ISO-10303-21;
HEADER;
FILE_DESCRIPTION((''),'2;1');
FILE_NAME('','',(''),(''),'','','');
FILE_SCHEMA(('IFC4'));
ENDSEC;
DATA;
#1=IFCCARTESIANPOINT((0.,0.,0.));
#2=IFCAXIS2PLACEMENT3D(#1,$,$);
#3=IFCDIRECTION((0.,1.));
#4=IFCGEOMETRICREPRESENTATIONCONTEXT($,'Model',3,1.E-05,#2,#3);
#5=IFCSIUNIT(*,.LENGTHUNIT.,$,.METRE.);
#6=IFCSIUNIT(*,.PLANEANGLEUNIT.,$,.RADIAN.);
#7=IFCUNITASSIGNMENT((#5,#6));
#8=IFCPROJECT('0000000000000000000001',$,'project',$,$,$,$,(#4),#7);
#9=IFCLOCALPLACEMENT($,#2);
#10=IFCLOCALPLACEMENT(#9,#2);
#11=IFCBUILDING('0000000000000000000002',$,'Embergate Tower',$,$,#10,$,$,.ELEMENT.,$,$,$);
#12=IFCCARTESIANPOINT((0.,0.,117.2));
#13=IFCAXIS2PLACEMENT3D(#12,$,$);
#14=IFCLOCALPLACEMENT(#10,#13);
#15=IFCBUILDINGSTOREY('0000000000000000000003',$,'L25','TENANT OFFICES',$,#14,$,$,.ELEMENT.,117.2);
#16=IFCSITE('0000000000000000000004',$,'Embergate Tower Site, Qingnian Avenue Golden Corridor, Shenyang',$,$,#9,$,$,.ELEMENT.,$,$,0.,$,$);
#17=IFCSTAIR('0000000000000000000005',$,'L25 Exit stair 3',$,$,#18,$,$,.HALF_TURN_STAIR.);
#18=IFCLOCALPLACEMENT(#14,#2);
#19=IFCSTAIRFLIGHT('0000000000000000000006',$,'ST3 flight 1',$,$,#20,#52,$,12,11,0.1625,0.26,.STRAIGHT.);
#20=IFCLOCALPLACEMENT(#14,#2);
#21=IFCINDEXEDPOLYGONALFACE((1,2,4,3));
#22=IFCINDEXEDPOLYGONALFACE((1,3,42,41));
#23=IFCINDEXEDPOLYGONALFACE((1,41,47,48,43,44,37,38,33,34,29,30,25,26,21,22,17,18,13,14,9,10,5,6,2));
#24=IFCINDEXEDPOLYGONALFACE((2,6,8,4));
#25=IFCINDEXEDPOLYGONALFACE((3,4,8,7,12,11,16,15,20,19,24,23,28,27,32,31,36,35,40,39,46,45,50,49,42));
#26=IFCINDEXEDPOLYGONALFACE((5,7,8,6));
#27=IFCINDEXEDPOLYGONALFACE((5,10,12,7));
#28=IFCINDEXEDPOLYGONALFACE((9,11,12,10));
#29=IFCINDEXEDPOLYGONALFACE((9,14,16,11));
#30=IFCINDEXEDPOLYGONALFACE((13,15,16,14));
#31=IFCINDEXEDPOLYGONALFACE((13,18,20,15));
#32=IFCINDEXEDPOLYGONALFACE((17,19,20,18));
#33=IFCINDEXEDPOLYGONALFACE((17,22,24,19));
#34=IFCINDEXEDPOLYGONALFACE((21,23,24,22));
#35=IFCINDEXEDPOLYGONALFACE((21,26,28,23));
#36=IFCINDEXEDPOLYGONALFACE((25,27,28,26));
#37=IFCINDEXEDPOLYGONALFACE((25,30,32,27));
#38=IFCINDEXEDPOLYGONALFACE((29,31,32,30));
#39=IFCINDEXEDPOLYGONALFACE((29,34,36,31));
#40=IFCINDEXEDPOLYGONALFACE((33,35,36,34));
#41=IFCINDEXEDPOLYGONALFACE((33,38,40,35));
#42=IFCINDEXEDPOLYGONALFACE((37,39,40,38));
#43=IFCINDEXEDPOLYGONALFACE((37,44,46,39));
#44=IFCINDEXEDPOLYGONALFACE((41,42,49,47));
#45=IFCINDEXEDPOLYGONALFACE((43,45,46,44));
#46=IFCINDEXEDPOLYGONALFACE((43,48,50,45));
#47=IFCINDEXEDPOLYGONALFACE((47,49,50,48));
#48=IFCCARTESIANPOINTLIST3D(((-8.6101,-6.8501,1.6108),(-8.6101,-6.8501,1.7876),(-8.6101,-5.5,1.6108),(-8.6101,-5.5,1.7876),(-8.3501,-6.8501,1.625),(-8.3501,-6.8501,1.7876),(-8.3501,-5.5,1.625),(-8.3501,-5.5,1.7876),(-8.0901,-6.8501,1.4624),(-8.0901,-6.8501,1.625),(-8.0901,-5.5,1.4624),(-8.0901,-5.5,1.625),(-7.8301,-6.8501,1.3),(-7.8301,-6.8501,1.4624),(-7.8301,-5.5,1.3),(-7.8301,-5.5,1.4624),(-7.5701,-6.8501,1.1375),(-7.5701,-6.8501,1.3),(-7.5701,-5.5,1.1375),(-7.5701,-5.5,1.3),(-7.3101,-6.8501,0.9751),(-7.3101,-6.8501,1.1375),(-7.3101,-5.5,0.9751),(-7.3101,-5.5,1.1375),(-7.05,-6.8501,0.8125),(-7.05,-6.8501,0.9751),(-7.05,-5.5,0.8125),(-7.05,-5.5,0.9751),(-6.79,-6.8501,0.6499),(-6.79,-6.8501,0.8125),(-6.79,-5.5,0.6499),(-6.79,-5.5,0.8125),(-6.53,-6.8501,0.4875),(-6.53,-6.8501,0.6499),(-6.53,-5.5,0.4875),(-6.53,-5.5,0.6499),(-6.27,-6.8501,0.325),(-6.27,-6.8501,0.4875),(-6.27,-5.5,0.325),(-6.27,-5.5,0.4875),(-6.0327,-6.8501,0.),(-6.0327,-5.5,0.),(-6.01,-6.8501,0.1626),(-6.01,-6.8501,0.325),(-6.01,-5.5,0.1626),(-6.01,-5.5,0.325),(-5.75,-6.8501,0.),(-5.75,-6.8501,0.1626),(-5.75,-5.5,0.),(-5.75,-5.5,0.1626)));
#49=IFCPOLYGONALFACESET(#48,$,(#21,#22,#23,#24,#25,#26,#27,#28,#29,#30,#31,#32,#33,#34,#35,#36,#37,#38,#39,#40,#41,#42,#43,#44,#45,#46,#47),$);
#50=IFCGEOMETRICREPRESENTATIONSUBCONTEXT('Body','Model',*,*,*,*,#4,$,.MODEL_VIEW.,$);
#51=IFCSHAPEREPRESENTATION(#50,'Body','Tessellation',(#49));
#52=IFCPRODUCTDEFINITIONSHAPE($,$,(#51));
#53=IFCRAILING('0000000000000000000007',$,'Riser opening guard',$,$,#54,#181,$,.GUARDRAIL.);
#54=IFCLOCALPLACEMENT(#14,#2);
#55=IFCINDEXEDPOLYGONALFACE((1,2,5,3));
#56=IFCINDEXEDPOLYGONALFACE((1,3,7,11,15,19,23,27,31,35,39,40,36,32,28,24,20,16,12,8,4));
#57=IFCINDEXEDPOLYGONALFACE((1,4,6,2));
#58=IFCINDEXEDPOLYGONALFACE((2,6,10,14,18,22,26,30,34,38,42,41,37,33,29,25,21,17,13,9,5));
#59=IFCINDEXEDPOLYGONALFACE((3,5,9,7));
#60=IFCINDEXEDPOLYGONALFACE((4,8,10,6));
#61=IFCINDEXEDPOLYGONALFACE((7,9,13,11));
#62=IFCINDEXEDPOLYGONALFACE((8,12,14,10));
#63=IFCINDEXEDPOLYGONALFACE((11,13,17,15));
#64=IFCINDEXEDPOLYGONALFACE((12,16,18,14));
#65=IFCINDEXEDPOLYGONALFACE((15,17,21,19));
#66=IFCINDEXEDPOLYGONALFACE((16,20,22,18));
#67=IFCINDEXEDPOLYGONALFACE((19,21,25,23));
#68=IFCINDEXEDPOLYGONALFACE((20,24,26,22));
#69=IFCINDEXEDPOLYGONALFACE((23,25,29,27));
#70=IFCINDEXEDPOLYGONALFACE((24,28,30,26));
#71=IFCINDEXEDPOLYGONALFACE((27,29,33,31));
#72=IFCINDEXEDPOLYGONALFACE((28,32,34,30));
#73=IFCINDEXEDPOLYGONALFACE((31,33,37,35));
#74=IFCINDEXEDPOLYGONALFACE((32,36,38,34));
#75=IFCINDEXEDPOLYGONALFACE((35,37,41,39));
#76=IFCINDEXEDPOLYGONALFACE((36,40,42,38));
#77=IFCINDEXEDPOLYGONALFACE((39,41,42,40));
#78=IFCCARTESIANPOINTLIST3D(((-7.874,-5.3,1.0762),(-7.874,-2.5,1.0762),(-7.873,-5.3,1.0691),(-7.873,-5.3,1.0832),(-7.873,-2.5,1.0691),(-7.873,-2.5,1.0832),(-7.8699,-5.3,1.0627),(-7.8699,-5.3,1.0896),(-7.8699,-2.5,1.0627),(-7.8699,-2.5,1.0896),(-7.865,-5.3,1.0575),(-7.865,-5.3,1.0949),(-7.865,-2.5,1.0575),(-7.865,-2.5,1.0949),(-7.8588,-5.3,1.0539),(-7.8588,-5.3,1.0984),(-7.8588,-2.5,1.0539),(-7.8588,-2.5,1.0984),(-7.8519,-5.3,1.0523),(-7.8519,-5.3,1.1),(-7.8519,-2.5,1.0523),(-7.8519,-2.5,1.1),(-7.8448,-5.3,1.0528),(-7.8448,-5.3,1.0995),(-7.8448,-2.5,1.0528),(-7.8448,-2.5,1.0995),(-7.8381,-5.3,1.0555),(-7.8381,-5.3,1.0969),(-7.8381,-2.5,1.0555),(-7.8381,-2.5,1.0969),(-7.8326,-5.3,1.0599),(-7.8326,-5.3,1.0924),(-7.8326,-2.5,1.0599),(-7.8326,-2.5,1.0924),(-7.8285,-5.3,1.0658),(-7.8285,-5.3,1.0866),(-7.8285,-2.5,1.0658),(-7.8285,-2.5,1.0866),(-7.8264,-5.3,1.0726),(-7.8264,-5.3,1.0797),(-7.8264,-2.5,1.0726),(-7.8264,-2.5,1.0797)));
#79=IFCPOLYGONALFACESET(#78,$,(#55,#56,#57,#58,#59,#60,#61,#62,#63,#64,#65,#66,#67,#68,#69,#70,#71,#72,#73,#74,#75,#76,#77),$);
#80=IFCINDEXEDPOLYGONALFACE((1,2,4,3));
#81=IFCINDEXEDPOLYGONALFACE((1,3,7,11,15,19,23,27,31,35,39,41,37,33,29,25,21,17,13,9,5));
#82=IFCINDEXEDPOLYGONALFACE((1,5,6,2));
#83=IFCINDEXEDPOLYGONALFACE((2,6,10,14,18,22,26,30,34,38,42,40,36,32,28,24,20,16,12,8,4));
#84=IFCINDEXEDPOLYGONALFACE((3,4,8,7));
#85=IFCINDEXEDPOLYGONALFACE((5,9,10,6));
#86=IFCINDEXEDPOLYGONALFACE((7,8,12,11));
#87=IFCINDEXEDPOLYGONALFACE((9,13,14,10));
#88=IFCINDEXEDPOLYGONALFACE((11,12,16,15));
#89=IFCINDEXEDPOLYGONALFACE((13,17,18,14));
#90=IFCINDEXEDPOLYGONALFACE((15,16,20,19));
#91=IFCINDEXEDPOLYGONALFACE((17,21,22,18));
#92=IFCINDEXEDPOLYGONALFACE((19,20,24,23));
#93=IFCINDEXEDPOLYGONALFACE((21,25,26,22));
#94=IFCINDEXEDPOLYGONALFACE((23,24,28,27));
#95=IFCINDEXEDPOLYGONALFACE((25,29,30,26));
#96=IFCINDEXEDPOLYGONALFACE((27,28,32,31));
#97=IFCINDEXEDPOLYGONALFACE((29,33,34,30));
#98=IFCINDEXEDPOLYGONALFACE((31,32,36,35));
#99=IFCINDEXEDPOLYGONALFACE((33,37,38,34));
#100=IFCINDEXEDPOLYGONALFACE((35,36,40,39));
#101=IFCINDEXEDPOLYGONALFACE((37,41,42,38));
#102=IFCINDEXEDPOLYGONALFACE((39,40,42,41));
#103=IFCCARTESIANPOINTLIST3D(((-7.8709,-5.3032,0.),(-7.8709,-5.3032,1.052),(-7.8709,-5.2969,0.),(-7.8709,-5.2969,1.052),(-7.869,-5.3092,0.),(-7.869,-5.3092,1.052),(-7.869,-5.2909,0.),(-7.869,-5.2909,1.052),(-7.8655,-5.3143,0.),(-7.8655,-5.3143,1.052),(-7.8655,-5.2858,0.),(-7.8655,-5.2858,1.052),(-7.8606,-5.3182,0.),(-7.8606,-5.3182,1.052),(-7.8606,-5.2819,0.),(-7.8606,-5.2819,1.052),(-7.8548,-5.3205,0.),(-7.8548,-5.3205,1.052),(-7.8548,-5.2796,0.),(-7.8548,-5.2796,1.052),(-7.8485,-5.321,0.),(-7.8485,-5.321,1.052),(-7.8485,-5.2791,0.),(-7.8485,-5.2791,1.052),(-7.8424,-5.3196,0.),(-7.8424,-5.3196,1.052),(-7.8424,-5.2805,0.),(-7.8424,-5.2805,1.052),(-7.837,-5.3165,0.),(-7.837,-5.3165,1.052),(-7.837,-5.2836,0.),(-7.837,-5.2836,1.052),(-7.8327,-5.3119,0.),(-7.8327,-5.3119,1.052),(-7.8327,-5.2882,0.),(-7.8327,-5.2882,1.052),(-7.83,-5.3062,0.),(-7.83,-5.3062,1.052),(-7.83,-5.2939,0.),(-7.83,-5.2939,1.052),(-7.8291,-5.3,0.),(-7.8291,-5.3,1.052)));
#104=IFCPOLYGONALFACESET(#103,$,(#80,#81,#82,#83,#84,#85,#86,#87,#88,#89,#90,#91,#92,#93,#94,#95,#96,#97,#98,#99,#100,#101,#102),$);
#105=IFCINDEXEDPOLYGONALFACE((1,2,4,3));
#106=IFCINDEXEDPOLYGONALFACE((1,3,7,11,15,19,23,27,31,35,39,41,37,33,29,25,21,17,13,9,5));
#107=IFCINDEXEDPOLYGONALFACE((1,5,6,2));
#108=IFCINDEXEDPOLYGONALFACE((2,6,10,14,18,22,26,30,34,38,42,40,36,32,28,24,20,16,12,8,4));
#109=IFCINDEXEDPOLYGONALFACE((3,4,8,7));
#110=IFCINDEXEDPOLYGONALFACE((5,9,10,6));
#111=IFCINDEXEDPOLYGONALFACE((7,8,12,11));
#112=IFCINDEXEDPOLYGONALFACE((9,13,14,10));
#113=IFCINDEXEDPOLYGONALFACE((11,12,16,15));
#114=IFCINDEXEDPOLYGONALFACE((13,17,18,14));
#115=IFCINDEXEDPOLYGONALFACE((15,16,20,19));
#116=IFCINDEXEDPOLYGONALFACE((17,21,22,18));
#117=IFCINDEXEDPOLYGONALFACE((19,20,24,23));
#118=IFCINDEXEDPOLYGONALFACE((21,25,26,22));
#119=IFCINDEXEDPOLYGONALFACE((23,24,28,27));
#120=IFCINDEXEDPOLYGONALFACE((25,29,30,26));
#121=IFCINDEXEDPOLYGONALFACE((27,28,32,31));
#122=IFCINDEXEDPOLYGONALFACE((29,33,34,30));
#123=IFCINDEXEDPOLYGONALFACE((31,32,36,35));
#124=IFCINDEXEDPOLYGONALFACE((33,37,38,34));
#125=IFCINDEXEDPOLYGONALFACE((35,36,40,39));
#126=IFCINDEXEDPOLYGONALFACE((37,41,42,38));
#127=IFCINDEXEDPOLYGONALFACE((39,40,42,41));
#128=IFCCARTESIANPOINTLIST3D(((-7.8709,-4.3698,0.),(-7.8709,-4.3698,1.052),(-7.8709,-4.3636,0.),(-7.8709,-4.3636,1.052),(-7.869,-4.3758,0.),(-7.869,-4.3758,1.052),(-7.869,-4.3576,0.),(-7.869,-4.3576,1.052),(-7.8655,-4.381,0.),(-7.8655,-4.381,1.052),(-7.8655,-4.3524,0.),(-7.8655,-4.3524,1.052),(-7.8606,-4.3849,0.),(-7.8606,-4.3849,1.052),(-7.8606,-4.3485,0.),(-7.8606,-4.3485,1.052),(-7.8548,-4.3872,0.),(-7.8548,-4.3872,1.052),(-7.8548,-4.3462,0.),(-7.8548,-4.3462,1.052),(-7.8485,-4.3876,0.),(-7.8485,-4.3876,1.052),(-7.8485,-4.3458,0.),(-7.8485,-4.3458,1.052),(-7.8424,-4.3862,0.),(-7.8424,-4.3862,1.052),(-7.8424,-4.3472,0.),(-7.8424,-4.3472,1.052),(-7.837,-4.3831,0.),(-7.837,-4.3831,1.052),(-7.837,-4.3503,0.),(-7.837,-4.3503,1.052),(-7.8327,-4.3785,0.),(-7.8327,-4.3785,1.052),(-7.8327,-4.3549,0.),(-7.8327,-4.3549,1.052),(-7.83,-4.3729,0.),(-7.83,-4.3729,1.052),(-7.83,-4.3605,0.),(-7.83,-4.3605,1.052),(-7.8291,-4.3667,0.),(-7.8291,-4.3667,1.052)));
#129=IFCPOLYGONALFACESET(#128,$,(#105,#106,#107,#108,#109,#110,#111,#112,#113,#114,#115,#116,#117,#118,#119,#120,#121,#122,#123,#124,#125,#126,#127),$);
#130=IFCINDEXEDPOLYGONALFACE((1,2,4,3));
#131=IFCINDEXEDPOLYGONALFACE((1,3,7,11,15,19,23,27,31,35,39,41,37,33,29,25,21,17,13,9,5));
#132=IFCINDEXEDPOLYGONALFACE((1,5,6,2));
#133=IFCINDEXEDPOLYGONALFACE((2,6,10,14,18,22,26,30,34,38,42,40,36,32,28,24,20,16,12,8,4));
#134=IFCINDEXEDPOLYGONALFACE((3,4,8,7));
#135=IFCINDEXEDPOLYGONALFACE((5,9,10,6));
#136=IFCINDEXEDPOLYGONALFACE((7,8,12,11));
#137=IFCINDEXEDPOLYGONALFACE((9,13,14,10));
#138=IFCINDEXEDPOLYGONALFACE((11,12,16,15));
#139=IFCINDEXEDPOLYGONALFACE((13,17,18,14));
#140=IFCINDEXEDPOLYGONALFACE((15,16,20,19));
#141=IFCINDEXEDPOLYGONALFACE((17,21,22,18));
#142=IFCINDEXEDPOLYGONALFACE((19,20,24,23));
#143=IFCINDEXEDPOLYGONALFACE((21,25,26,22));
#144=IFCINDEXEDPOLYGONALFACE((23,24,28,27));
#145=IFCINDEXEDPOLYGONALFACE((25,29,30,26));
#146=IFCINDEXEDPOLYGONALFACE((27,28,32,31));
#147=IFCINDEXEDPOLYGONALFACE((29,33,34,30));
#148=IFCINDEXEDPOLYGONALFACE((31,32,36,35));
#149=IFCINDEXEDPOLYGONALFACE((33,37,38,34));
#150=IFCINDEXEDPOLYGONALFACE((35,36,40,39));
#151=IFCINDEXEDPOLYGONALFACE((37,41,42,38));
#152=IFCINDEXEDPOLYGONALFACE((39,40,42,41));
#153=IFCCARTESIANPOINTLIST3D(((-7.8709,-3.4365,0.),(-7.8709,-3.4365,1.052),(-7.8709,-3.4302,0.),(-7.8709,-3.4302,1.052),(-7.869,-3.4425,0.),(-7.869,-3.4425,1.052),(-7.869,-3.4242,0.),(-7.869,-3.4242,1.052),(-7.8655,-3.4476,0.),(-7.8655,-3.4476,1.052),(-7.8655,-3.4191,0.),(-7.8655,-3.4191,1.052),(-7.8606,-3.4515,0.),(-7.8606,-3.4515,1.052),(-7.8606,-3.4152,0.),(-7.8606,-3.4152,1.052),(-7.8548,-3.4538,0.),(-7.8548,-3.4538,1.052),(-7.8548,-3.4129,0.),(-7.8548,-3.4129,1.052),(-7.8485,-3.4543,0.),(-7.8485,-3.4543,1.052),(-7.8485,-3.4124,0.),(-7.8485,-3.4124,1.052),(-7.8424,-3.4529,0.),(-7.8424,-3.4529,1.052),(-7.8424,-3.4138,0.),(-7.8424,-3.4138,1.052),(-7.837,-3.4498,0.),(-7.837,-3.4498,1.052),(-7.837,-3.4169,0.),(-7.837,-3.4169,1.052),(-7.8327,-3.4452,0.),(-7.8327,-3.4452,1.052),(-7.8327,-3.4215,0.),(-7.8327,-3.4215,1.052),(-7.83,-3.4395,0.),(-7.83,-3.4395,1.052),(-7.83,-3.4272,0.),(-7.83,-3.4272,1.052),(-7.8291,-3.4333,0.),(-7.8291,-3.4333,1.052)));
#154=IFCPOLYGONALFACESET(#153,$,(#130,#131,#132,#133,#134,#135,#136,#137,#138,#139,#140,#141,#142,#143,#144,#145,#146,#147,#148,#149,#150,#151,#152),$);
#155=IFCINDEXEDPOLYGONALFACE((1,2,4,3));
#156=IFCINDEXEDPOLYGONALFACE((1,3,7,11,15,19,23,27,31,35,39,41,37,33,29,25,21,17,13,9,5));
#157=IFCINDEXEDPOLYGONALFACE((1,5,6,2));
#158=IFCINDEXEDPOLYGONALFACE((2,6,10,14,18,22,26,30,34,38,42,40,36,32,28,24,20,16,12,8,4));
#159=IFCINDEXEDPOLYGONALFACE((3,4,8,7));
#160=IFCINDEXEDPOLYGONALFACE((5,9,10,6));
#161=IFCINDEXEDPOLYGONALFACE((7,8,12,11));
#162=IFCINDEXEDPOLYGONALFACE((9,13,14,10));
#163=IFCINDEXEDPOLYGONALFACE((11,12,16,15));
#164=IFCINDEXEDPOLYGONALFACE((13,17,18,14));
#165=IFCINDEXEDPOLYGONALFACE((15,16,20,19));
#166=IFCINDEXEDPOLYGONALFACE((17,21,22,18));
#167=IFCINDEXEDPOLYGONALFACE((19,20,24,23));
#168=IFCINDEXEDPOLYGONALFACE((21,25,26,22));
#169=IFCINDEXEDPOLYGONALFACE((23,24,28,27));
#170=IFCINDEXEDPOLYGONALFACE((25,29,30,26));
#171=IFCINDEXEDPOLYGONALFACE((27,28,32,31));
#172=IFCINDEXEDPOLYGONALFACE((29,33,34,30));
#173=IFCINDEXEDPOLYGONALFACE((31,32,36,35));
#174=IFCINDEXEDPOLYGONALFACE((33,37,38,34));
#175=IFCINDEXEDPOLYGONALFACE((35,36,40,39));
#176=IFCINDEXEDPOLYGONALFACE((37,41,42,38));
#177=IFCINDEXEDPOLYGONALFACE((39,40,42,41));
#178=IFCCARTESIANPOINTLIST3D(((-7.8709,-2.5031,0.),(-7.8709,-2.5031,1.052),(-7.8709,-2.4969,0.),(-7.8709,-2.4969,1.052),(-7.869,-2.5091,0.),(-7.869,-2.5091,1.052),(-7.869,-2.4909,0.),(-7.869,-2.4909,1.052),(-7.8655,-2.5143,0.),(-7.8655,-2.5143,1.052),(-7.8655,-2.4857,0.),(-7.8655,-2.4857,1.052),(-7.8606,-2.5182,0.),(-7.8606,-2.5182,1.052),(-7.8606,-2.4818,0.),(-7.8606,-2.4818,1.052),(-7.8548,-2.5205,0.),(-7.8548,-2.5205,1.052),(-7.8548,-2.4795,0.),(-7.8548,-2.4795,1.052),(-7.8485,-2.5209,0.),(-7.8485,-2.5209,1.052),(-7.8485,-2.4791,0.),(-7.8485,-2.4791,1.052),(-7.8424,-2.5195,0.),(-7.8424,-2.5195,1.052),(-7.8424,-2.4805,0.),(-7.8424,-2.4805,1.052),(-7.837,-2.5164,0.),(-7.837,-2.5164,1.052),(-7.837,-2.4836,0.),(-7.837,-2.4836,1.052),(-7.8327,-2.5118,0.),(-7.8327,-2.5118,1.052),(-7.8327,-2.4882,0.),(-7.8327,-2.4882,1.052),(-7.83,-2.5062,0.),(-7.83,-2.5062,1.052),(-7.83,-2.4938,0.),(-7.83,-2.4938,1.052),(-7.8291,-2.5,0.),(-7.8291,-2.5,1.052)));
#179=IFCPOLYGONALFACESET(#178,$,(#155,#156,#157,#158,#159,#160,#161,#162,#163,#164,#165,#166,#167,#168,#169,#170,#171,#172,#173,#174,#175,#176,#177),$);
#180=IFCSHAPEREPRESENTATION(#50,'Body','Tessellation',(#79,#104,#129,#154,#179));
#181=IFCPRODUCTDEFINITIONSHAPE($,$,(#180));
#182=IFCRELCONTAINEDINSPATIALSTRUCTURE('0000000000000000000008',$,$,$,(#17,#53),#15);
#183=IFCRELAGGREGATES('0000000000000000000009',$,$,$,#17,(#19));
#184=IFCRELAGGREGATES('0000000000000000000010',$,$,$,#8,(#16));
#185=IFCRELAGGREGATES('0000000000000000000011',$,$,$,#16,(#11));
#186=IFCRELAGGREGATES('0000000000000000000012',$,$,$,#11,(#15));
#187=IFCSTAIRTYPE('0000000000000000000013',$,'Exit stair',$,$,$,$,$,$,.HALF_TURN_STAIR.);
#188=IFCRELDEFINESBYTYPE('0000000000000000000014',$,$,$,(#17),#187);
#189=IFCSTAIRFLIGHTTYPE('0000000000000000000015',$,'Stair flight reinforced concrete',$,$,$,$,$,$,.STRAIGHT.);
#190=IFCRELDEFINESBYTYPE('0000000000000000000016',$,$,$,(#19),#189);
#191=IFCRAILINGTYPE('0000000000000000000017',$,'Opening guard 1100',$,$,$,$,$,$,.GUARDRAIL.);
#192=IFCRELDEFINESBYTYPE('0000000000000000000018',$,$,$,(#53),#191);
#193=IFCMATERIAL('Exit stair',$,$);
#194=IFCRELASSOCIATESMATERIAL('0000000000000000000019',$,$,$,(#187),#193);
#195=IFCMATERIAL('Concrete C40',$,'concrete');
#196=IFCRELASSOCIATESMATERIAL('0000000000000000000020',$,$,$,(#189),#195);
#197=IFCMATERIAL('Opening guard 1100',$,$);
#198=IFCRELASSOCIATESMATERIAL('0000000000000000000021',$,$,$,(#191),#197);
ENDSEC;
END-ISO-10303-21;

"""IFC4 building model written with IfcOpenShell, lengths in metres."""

from ifc_helpers import new_model, si_unit, direction, frame, origin, origin_2d, place, context, subcontext, project, spatial, polyline, circle, outline, extrude, source, transform, mapped, material, type_object, element, aggregate, save


model = new_model("IFC4")

# Units and contexts
model_context = context("Model", 3, precision=1e-05, world=origin(), true_north=direction((0.0, 1.0)))
body_context = subcontext(model_context, "Body", "Model", "MODEL_VIEW")
ifc_project = project(units=[si_unit("LENGTHUNIT", "METRE"), si_unit("PLANEANGLEUNIT", "RADIAN")], contexts=[model_context])

# Site, building, storey
site_placement = place(None, origin())
site = spatial("IfcSite", under=ifc_project, at=site_placement, Name="Embergate Tower Site, Qingnian Avenue Golden Corridor, Shenyang", CompositionType="ELEMENT", RefElevation=0.0)
building_placement = place(site_placement, origin())
building = spatial("IfcBuilding", under=site, at=building_placement, Name="Embergate Tower", CompositionType="ELEMENT")
storey_placement = place(building_placement, frame((0.0, 0.0, 117.2)))
storey = spatial("IfcBuildingStorey", under=building, at=storey_placement, Name="L25", Description="TENANT OFFICES", CompositionType="ELEMENT", Elevation=117.2)

# Stair, stair flight
ifc_material_1 = material(Name="Exit stair")
stair_type = type_object("IfcStairType", Name="Exit stair", PredefinedType="HALF_TURN_STAIR", material=ifc_material_1)
stair_placement = place(storey_placement, origin())
stair = element("IfcStair", 1, at=stair_placement, inside=storey, type_object=stair_type, Name="L25 Exit stair 3", PredefinedType="HALF_TURN_STAIR")
ifc_material_2 = material(Name="Concrete C40", Category="concrete")
stair_flight_type = type_object("IfcStairFlightType", Name="Stair flight reinforced concrete", PredefinedType="STRAIGHT", material=ifc_material_2)
shared_shape_1 = source(origin(), body_context, "Body", "SweptSolid", [
    extrude(outline(polyline([(0.0, 0.0), (0.0, 0.1626), (0.26, 0.1626), (0.26, 0.325), (0.52, 0.325), (0.52, 0.4875), (0.78, 0.4875), (0.78, 0.6499), (1.04, 0.6499), (1.04, 0.8125), (1.3, 0.8125), (1.3, 0.9751), (1.5601, 0.9751), (1.5601, 1.1375), (1.8201, 1.1375), (1.8201, 1.3), (2.0801, 1.3), (2.0801, 1.4624), (2.3401, 1.4624), (2.3401, 1.625), (2.6001, 1.625), (2.6001, 1.7876), (2.8601, 1.7876), (2.8601, 1.95), (2.8601, 1.6108), (0.2827, 0.0), (0.0, 0.0)])), frame((0.0, 0.675, 0.0), z_axis=(0.0, -1.0, 0.0), x_axis=(1.0, 0.0, 0.0)), (0.0, 0.0, 1.0), 1.3501),
])
stair_flight_placement = place(storey_placement, frame((-5.75, -6.175, 0.0), z_axis=(0.0, 0.0, 1.0), x_axis=(-1.0, 0.0, 0.0)))
stair_flight = element("IfcStairFlight", 2, at=stair_flight_placement, type_object=stair_flight_type, Name="ST3 flight 1", NumberOfRisers=12, NumberOfTreads=11, PredefinedType="STRAIGHT", RiserHeight=0.1625, TreadLength=0.26, context=body_context, shape_type="MappedRepresentation", body=[
    mapped(shared_shape_1, transform((0.0, 0.0, 0.0))),
])
aggregate(stair, [stair_flight])

# Railing
ifc_material_3 = material(Name="Opening guard 1100")
railing_type_1 = type_object("IfcRailingType", Name="Opening guard 1100", PredefinedType="GUARDRAIL", material=ifc_material_3)
shared_shape_2 = source(origin(), body_context, "Body", "SweptSolid", [
    extrude(circle(Radius=0.0239, at=origin_2d()), frame((0.0, 0.0, 1.0762), z_axis=(0.0, 1.0, 0.0), x_axis=(-1.0, 0.0, 0.0)), (0.0, 0.0, 1.0), 2.8),
    extrude(circle(Radius=0.021, at=origin_2d()), origin(), (0.0, 0.0, 1.0), 1.052),
    extrude(circle(Radius=0.021, at=origin_2d()), frame((0.0, 0.9333, 0.0)), (0.0, 0.0, 1.0), 1.052),
    extrude(circle(Radius=0.021, at=origin_2d()), frame((0.0, 1.8667, 0.0)), (0.0, 0.0, 1.0), 1.052),
    extrude(circle(Radius=0.021, at=origin_2d()), frame((0.0, 2.8, 0.0)), (0.0, 0.0, 1.0), 1.052),
])
railing_1_placement = place(storey_placement, frame((-7.8501, -5.3, 0.0)))
element("IfcRailing", 3, at=railing_1_placement, inside=storey, type_object=railing_type_1, Name="Riser opening guard", PredefinedType="GUARDRAIL", context=body_context, shape_type="MappedRepresentation", body=[
    mapped(shared_shape_2, transform((0.0, 0.0, 0.0))),
])

save(model, "model.ifc")
